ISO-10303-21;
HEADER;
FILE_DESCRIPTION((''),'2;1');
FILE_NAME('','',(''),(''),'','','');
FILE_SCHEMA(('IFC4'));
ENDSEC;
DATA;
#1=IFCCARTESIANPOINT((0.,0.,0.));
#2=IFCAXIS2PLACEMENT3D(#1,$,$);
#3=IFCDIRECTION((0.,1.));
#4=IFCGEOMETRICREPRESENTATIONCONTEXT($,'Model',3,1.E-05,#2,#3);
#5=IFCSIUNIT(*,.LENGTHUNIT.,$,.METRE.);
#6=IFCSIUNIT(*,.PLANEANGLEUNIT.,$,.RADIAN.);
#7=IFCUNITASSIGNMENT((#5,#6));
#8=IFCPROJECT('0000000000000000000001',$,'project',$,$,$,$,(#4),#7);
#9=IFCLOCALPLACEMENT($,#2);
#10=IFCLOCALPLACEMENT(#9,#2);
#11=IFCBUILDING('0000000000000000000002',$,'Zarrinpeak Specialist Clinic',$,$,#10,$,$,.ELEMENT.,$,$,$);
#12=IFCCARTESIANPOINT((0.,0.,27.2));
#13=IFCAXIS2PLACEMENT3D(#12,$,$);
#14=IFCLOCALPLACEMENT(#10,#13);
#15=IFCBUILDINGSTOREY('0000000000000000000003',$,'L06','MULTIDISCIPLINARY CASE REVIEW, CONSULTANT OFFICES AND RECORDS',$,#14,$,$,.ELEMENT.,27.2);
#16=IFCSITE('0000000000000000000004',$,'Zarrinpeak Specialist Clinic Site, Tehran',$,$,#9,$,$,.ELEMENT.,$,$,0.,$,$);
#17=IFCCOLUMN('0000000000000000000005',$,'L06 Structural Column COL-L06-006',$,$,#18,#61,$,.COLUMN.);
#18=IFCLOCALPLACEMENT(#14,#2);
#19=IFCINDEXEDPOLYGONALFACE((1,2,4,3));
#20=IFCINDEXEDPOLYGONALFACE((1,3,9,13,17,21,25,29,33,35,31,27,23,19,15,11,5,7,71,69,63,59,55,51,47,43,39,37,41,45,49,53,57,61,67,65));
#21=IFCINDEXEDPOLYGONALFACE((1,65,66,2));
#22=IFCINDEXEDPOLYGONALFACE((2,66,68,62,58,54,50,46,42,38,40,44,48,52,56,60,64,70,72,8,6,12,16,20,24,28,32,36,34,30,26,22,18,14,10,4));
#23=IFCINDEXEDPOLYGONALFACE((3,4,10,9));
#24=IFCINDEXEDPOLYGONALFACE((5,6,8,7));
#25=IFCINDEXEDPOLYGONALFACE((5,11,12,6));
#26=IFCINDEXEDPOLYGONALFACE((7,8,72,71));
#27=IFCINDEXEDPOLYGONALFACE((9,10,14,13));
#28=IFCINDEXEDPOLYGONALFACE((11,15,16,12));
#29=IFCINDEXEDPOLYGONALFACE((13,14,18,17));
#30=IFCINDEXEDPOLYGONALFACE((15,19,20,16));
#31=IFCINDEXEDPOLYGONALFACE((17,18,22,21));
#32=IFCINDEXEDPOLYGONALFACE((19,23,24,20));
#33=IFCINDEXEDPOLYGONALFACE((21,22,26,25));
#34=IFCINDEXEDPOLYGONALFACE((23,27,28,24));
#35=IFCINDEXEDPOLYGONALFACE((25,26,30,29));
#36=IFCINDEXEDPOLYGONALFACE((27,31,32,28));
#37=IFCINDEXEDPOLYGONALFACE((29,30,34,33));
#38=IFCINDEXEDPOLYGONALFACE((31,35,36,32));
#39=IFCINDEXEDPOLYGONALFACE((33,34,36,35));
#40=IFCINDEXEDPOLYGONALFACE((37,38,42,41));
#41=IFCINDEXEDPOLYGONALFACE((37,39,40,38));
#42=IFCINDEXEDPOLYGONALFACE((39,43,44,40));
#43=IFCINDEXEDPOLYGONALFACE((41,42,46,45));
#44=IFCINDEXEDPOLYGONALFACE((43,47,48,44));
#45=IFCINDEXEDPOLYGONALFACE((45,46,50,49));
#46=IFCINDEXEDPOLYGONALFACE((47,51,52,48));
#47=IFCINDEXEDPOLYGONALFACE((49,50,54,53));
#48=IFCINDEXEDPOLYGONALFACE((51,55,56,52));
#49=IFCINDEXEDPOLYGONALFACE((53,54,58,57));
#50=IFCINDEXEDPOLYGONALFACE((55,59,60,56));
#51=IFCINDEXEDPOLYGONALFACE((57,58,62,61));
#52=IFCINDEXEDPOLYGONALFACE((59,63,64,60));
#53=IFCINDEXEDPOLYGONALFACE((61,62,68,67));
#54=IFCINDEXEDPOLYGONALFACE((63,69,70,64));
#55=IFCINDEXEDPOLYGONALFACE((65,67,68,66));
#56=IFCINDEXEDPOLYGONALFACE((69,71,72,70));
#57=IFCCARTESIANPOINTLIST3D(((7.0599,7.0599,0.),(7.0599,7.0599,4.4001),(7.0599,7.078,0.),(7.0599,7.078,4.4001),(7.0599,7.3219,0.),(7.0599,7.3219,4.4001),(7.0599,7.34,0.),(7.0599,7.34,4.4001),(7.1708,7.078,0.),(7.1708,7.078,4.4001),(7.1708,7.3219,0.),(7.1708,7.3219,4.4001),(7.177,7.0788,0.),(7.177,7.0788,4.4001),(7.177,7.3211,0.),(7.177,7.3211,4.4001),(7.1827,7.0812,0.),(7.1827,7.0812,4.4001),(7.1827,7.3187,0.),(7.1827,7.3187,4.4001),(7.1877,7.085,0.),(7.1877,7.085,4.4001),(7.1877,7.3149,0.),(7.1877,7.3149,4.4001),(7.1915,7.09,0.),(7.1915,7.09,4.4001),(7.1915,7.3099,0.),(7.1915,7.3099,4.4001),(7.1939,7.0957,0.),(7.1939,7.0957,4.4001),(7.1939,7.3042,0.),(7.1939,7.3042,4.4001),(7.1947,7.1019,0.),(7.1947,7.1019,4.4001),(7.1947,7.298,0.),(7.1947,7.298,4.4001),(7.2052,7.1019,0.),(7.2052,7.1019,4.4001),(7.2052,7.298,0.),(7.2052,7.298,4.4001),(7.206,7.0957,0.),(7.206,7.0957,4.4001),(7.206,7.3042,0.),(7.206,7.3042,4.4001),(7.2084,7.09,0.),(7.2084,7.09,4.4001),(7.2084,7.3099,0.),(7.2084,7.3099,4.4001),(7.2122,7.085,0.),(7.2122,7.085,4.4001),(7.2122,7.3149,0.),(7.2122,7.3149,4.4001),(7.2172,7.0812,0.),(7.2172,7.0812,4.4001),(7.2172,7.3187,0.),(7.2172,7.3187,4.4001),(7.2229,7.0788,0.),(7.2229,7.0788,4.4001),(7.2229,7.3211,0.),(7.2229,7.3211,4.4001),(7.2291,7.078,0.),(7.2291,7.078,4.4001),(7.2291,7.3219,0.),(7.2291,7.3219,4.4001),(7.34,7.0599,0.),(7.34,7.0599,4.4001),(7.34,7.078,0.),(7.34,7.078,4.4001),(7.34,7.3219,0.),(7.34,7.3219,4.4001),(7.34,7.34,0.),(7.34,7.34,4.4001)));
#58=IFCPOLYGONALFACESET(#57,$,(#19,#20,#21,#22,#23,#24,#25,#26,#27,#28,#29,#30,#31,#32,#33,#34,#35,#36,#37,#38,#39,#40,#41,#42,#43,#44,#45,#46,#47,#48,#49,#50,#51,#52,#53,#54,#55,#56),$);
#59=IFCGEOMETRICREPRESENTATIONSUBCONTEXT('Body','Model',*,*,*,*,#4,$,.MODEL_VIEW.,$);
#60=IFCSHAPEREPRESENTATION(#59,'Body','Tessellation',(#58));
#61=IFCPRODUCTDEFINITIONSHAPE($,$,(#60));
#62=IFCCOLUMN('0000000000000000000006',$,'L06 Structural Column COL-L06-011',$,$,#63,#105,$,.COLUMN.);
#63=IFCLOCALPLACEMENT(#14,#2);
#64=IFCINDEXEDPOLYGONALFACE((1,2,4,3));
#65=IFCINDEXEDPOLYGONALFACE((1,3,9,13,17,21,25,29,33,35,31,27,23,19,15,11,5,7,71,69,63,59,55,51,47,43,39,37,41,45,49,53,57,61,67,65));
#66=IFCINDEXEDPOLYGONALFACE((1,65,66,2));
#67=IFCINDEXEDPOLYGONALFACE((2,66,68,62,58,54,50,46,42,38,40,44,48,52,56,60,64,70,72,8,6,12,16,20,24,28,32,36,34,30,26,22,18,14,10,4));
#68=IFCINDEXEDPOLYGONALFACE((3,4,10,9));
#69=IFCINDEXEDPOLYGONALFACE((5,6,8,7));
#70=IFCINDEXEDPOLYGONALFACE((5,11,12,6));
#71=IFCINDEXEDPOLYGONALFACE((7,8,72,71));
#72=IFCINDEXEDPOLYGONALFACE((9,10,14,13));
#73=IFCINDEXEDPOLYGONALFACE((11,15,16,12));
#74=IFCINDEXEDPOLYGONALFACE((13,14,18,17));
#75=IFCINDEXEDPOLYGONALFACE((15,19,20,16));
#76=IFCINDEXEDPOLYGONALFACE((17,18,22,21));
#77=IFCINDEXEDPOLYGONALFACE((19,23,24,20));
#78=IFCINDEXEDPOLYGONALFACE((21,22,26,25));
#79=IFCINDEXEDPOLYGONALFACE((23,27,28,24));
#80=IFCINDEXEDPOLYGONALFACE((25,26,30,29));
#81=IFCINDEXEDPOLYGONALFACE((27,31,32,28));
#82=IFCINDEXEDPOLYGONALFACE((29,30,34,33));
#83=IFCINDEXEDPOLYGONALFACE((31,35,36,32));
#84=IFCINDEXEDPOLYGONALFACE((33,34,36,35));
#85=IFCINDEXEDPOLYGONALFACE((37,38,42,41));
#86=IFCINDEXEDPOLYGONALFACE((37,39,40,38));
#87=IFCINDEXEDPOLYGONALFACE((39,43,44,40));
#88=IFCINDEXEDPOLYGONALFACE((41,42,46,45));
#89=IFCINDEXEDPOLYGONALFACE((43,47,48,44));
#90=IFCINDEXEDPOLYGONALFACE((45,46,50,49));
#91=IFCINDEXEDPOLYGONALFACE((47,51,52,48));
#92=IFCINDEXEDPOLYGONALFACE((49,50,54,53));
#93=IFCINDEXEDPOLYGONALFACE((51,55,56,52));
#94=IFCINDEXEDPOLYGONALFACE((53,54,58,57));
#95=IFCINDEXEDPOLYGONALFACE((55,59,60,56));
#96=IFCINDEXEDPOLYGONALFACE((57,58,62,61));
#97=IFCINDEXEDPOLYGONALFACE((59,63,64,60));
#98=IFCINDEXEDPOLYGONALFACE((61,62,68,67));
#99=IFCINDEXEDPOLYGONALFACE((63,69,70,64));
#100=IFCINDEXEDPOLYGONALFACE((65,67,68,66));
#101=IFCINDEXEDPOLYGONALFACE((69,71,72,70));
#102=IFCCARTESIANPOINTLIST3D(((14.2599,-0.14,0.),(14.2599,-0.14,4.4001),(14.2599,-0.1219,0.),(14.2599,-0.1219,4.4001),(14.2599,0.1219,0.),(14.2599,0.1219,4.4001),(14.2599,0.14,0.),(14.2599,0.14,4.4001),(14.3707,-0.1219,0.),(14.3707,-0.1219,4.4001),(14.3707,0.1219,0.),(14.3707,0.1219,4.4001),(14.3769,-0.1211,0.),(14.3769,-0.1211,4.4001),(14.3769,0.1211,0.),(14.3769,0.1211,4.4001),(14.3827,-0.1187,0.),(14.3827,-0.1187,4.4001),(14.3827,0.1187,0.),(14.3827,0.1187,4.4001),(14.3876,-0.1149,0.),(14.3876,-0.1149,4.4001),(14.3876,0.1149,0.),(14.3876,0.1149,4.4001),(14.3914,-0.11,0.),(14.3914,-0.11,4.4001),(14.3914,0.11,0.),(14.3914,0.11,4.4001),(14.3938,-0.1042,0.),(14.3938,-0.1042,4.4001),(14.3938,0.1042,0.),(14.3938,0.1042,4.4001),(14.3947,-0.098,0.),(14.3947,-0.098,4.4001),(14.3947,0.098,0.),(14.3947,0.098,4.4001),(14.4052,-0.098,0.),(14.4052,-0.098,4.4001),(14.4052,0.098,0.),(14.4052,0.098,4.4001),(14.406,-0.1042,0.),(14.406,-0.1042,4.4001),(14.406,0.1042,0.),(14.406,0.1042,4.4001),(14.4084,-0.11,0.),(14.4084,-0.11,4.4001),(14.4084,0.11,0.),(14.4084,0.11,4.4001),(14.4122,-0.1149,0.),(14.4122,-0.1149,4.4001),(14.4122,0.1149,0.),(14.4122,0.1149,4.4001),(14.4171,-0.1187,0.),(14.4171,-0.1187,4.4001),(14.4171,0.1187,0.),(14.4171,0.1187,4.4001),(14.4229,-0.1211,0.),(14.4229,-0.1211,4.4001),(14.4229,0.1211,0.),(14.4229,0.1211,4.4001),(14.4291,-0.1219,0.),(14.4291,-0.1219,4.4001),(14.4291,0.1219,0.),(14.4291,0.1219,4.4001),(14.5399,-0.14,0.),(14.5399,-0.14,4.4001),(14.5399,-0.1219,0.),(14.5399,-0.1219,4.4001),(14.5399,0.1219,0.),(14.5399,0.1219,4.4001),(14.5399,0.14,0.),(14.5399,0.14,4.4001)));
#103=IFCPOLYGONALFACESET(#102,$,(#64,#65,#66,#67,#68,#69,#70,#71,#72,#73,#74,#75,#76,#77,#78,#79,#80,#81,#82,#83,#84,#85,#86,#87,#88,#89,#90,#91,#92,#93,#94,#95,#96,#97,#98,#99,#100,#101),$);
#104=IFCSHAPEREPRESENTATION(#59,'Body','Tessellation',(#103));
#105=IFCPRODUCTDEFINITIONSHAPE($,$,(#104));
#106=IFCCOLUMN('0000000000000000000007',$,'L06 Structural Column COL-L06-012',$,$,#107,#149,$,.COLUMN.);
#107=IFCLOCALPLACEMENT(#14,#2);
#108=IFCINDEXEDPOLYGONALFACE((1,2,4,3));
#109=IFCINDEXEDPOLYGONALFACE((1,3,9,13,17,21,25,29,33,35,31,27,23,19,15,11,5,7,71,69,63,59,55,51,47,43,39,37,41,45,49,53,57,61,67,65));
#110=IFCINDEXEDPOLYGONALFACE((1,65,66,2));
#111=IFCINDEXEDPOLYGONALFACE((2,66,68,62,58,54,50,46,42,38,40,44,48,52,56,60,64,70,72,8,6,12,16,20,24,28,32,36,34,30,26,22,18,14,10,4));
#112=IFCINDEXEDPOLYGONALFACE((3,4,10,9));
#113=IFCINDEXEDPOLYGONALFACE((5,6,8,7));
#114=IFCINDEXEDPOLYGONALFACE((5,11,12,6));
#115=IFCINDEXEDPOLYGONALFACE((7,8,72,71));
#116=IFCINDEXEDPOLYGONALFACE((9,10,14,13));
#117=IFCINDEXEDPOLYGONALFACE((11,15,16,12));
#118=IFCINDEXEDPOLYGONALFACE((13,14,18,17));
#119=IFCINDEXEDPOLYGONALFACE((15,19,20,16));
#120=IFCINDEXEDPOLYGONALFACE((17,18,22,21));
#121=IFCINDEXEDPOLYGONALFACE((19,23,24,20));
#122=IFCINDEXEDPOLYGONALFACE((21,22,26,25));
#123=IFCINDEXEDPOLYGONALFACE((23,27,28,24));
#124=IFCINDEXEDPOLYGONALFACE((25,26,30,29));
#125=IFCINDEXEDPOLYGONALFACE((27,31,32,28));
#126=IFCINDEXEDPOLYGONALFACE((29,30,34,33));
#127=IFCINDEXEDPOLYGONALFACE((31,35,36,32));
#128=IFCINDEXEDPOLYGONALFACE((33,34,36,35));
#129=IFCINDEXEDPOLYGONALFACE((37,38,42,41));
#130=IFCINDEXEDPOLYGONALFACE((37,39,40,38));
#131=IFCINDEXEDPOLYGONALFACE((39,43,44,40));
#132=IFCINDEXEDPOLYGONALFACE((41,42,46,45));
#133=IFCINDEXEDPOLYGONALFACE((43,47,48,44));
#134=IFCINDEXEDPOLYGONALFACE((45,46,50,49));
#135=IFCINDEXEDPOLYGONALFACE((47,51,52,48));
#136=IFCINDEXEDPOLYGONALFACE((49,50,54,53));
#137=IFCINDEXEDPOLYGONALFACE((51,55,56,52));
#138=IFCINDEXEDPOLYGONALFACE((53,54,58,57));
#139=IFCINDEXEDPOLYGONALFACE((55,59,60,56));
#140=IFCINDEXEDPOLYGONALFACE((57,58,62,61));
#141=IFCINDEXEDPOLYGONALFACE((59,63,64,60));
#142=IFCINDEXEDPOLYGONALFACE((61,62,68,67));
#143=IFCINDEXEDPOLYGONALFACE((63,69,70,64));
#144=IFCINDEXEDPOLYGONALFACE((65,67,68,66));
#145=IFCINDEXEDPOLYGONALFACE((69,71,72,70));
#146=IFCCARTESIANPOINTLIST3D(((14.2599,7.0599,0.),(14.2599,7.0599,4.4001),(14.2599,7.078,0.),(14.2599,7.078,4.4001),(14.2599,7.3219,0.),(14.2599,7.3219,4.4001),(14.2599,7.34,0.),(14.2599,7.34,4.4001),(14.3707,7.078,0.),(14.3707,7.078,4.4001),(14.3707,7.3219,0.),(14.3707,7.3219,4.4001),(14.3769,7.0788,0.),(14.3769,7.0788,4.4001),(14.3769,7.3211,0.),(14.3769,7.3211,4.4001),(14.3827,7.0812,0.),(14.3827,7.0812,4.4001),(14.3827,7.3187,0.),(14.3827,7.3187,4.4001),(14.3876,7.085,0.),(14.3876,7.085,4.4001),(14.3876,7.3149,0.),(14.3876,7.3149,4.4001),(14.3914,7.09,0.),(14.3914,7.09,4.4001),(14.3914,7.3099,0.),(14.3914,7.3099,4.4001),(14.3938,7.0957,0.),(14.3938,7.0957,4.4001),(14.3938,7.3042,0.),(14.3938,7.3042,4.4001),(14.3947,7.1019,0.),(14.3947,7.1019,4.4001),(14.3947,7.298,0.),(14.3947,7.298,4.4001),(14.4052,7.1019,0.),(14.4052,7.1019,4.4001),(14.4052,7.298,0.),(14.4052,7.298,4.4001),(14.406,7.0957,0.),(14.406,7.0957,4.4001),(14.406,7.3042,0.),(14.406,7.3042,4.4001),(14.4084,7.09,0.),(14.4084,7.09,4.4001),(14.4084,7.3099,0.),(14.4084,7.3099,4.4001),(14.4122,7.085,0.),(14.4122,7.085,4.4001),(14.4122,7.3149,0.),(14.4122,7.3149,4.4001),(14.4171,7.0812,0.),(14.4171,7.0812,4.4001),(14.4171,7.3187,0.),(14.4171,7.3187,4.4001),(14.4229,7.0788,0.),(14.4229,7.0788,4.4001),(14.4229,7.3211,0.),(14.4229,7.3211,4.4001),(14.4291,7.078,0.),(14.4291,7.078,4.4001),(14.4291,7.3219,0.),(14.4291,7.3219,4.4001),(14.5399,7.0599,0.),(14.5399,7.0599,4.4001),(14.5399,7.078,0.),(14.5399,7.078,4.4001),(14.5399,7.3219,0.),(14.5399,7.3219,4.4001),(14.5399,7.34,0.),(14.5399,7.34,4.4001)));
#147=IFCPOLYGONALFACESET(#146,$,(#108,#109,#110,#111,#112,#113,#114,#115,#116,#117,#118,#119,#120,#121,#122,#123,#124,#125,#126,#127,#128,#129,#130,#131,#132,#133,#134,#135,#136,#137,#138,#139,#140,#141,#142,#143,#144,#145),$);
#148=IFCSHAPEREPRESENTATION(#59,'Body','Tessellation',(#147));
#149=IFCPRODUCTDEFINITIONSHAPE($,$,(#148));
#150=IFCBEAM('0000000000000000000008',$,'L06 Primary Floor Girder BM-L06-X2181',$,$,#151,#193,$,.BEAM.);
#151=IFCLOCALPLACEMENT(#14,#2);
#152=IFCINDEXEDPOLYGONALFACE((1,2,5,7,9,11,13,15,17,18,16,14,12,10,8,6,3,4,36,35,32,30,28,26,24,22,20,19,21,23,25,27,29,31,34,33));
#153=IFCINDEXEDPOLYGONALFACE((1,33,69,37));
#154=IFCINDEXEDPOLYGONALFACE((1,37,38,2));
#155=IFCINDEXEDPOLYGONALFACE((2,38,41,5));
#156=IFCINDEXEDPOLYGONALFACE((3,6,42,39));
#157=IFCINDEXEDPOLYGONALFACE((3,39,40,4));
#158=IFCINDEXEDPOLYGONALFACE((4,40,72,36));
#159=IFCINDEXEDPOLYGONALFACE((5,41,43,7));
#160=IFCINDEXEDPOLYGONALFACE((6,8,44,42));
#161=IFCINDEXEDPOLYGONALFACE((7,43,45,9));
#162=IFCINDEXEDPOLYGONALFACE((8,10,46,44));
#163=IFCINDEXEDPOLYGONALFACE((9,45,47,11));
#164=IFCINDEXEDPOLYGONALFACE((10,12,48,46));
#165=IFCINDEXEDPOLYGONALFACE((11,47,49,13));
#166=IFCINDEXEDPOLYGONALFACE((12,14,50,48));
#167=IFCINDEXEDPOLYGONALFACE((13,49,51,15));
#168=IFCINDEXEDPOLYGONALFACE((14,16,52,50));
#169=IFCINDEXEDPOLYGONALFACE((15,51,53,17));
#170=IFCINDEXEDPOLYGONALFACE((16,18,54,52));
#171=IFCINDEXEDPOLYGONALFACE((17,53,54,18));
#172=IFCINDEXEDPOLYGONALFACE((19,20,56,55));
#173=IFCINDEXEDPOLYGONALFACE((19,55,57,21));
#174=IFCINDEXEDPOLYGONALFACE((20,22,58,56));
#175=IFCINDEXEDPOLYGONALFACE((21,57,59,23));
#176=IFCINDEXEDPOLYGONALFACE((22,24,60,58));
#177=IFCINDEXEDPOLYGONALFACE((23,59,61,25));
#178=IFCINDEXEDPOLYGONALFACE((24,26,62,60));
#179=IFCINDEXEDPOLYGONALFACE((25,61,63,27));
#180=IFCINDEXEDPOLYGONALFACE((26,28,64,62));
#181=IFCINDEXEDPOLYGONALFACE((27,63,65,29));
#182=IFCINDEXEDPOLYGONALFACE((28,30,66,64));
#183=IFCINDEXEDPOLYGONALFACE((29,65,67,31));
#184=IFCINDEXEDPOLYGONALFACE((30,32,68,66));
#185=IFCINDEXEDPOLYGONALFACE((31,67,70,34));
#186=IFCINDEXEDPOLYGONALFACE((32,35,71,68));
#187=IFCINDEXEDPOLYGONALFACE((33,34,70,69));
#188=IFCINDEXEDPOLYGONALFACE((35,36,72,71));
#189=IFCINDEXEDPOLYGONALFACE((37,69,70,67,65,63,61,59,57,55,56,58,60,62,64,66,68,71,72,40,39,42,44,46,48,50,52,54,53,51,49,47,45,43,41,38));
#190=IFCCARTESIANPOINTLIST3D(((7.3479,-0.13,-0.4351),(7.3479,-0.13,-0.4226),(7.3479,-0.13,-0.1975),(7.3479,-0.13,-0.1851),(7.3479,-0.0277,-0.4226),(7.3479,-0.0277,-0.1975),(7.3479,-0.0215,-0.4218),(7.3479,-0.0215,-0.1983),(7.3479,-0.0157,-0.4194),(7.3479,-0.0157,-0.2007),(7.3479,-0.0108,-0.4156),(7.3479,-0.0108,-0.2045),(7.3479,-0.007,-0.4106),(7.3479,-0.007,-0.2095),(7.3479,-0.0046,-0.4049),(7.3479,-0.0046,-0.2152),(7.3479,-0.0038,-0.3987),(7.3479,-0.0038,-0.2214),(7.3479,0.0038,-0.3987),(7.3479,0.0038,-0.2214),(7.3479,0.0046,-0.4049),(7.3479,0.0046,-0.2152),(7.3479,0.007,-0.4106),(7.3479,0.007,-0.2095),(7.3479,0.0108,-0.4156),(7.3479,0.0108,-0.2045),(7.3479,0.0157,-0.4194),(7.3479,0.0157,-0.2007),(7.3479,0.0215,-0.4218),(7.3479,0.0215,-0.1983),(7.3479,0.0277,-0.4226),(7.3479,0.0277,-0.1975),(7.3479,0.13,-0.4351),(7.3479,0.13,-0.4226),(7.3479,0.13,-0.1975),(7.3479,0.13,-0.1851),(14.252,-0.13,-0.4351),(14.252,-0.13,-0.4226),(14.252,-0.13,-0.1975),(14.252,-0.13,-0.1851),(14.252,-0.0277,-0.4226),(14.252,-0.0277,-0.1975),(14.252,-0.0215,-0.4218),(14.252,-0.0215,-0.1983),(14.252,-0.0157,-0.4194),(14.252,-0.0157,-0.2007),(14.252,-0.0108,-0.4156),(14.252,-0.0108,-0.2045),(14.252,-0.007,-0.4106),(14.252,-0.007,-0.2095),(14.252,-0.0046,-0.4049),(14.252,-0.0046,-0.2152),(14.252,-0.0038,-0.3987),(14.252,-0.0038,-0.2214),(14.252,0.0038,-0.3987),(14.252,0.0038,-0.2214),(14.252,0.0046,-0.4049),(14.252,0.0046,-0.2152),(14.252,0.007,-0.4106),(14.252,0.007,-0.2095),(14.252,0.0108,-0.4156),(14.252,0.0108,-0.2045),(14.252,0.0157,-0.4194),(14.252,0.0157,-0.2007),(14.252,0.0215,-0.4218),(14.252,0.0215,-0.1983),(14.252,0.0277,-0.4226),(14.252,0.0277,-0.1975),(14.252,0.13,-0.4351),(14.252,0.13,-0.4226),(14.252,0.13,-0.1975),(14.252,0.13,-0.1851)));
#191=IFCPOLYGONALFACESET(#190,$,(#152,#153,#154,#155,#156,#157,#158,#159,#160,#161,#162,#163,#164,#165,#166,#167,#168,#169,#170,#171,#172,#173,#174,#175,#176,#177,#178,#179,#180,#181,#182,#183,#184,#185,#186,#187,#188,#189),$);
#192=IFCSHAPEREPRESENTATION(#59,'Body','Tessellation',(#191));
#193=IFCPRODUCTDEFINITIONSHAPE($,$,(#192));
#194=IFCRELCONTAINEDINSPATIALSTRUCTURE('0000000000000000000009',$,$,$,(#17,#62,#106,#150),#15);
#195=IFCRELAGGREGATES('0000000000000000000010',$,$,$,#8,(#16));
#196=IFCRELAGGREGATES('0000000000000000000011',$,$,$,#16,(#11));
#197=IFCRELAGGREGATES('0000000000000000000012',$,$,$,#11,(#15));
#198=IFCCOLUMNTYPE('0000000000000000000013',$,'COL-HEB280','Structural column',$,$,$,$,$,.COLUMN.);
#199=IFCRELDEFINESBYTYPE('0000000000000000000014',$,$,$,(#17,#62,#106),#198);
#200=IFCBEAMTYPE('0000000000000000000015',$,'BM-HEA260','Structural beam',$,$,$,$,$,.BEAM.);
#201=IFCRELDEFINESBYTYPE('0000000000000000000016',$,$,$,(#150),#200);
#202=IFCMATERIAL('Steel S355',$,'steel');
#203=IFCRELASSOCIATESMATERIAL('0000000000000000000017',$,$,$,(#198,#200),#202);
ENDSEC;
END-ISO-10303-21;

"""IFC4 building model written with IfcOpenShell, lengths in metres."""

from ifc_helpers import new_model, si_unit, direction, frame, origin, origin_2d, place, context, subcontext, project, spatial, i_section, extrude, material, material_profile, profile_set, type_object, element, save


model = new_model("IFC4")

# Units and contexts
model_context = context("Model", 3, precision=1e-05, world=origin(), true_north=direction((0.0, 1.0)))
body_context = subcontext(model_context, "Body", "Model", "MODEL_VIEW")
ifc_project = project(units=[si_unit("LENGTHUNIT", "METRE"), si_unit("PLANEANGLEUNIT", "RADIAN")], contexts=[model_context])

# Site, building, storey
site_placement = place(None, origin())
site = spatial("IfcSite", under=ifc_project, at=site_placement, Name="Zarrinpeak Specialist Clinic Site, Tehran", CompositionType="ELEMENT", RefElevation=0.0)
building_placement = place(site_placement, origin())
building = spatial("IfcBuilding", under=site, at=building_placement, Name="Zarrinpeak Specialist Clinic", CompositionType="ELEMENT")
storey_placement = place(building_placement, frame((0.0, 0.0, 27.2)))
storey = spatial("IfcBuildingStorey", under=building, at=storey_placement, Name="L06", Description="MULTIDISCIPLINARY CASE REVIEW, CONSULTANT OFFICES AND RECORDS", CompositionType="ELEMENT", Elevation=27.2)

# Columns
ifc_material_1 = material(Name="Steel S355", Category="steel")
ifc_material_profile_1 = material_profile(ifc_material_1, i_section(OverallWidth=0.28, OverallDepth=0.28, WebThickness=0.0105, FlangeThickness=0.0181, FilletRadius=0.0239, at=origin_2d()), Name="HEB 280")
ifc_profile_set_1 = profile_set([ifc_material_profile_1], Name="Steel S355")
column_type = type_object("IfcColumnType", Name="COL-HEB280", Description="Structural column", PredefinedType="COLUMN", material=ifc_profile_set_1)
for number, where, z_axis, x_axis, name in (
    (1, (7.2, 7.2, 0.0), (0.0, 0.0, 1.0), (1.0, 0.0, 0.0), "L06 Structural Column COL-L06-006"),
    (2, (14.3999, 0.0, 0.0), (0.0, 0.0, 1.0), (1.0, 0.0, 0.0), "L06 Structural Column COL-L06-011"),
    (3, (14.3999, 7.2, 0.0), (0.0, 0.0, 1.0), (1.0, 0.0, 0.0), "L06 Structural Column COL-L06-012"),
):
    element("IfcColumn", number, at=place(storey_placement, frame(where, z_axis=z_axis, x_axis=x_axis)), inside=storey, type_object=column_type, Name=name, PredefinedType="COLUMN", context=body_context, shape_type="SweptSolid", body=[
        extrude(i_section(OverallWidth=0.28, OverallDepth=0.28, WebThickness=0.0105, FlangeThickness=0.0181, FilletRadius=0.0239, at=origin_2d()), origin(), (0.0, 0.0, 1.0), 4.4001),
    ])

# Beam
ifc_material_profile_2 = material_profile(ifc_material_1, i_section(OverallWidth=0.26, OverallDepth=0.25, WebThickness=0.0076, FlangeThickness=0.0125, FilletRadius=0.0239, at=origin_2d()), Name="HEA 260")
ifc_profile_set_2 = profile_set([ifc_material_profile_2], Name="Steel S355")
beam_type_1 = type_object("IfcBeamType", Name="BM-HEA260", Description="Structural beam", PredefinedType="BEAM", material=ifc_profile_set_2)
for number, where, z_axis, x_axis, name in (
    (4, (7.3479, 0.0, -0.3101), (1.0, 0.0, 0.0), (0.0, 1.0, 0.0), "L06 Primary Floor Girder BM-L06-X2181"),
):
    element("IfcBeam", number, at=place(storey_placement, frame(where, z_axis=z_axis, x_axis=x_axis)), inside=storey, type_object=beam_type_1, Name=name, PredefinedType="BEAM", context=body_context, shape_type="SweptSolid", body=[
        extrude(i_section(OverallWidth=0.26, OverallDepth=0.25, WebThickness=0.0076, FlangeThickness=0.0125, FilletRadius=0.0239, at=origin_2d()), origin(), (0.0, 0.0, 1.0), 6.9041),
    ])

save(model, "model.ifc")
